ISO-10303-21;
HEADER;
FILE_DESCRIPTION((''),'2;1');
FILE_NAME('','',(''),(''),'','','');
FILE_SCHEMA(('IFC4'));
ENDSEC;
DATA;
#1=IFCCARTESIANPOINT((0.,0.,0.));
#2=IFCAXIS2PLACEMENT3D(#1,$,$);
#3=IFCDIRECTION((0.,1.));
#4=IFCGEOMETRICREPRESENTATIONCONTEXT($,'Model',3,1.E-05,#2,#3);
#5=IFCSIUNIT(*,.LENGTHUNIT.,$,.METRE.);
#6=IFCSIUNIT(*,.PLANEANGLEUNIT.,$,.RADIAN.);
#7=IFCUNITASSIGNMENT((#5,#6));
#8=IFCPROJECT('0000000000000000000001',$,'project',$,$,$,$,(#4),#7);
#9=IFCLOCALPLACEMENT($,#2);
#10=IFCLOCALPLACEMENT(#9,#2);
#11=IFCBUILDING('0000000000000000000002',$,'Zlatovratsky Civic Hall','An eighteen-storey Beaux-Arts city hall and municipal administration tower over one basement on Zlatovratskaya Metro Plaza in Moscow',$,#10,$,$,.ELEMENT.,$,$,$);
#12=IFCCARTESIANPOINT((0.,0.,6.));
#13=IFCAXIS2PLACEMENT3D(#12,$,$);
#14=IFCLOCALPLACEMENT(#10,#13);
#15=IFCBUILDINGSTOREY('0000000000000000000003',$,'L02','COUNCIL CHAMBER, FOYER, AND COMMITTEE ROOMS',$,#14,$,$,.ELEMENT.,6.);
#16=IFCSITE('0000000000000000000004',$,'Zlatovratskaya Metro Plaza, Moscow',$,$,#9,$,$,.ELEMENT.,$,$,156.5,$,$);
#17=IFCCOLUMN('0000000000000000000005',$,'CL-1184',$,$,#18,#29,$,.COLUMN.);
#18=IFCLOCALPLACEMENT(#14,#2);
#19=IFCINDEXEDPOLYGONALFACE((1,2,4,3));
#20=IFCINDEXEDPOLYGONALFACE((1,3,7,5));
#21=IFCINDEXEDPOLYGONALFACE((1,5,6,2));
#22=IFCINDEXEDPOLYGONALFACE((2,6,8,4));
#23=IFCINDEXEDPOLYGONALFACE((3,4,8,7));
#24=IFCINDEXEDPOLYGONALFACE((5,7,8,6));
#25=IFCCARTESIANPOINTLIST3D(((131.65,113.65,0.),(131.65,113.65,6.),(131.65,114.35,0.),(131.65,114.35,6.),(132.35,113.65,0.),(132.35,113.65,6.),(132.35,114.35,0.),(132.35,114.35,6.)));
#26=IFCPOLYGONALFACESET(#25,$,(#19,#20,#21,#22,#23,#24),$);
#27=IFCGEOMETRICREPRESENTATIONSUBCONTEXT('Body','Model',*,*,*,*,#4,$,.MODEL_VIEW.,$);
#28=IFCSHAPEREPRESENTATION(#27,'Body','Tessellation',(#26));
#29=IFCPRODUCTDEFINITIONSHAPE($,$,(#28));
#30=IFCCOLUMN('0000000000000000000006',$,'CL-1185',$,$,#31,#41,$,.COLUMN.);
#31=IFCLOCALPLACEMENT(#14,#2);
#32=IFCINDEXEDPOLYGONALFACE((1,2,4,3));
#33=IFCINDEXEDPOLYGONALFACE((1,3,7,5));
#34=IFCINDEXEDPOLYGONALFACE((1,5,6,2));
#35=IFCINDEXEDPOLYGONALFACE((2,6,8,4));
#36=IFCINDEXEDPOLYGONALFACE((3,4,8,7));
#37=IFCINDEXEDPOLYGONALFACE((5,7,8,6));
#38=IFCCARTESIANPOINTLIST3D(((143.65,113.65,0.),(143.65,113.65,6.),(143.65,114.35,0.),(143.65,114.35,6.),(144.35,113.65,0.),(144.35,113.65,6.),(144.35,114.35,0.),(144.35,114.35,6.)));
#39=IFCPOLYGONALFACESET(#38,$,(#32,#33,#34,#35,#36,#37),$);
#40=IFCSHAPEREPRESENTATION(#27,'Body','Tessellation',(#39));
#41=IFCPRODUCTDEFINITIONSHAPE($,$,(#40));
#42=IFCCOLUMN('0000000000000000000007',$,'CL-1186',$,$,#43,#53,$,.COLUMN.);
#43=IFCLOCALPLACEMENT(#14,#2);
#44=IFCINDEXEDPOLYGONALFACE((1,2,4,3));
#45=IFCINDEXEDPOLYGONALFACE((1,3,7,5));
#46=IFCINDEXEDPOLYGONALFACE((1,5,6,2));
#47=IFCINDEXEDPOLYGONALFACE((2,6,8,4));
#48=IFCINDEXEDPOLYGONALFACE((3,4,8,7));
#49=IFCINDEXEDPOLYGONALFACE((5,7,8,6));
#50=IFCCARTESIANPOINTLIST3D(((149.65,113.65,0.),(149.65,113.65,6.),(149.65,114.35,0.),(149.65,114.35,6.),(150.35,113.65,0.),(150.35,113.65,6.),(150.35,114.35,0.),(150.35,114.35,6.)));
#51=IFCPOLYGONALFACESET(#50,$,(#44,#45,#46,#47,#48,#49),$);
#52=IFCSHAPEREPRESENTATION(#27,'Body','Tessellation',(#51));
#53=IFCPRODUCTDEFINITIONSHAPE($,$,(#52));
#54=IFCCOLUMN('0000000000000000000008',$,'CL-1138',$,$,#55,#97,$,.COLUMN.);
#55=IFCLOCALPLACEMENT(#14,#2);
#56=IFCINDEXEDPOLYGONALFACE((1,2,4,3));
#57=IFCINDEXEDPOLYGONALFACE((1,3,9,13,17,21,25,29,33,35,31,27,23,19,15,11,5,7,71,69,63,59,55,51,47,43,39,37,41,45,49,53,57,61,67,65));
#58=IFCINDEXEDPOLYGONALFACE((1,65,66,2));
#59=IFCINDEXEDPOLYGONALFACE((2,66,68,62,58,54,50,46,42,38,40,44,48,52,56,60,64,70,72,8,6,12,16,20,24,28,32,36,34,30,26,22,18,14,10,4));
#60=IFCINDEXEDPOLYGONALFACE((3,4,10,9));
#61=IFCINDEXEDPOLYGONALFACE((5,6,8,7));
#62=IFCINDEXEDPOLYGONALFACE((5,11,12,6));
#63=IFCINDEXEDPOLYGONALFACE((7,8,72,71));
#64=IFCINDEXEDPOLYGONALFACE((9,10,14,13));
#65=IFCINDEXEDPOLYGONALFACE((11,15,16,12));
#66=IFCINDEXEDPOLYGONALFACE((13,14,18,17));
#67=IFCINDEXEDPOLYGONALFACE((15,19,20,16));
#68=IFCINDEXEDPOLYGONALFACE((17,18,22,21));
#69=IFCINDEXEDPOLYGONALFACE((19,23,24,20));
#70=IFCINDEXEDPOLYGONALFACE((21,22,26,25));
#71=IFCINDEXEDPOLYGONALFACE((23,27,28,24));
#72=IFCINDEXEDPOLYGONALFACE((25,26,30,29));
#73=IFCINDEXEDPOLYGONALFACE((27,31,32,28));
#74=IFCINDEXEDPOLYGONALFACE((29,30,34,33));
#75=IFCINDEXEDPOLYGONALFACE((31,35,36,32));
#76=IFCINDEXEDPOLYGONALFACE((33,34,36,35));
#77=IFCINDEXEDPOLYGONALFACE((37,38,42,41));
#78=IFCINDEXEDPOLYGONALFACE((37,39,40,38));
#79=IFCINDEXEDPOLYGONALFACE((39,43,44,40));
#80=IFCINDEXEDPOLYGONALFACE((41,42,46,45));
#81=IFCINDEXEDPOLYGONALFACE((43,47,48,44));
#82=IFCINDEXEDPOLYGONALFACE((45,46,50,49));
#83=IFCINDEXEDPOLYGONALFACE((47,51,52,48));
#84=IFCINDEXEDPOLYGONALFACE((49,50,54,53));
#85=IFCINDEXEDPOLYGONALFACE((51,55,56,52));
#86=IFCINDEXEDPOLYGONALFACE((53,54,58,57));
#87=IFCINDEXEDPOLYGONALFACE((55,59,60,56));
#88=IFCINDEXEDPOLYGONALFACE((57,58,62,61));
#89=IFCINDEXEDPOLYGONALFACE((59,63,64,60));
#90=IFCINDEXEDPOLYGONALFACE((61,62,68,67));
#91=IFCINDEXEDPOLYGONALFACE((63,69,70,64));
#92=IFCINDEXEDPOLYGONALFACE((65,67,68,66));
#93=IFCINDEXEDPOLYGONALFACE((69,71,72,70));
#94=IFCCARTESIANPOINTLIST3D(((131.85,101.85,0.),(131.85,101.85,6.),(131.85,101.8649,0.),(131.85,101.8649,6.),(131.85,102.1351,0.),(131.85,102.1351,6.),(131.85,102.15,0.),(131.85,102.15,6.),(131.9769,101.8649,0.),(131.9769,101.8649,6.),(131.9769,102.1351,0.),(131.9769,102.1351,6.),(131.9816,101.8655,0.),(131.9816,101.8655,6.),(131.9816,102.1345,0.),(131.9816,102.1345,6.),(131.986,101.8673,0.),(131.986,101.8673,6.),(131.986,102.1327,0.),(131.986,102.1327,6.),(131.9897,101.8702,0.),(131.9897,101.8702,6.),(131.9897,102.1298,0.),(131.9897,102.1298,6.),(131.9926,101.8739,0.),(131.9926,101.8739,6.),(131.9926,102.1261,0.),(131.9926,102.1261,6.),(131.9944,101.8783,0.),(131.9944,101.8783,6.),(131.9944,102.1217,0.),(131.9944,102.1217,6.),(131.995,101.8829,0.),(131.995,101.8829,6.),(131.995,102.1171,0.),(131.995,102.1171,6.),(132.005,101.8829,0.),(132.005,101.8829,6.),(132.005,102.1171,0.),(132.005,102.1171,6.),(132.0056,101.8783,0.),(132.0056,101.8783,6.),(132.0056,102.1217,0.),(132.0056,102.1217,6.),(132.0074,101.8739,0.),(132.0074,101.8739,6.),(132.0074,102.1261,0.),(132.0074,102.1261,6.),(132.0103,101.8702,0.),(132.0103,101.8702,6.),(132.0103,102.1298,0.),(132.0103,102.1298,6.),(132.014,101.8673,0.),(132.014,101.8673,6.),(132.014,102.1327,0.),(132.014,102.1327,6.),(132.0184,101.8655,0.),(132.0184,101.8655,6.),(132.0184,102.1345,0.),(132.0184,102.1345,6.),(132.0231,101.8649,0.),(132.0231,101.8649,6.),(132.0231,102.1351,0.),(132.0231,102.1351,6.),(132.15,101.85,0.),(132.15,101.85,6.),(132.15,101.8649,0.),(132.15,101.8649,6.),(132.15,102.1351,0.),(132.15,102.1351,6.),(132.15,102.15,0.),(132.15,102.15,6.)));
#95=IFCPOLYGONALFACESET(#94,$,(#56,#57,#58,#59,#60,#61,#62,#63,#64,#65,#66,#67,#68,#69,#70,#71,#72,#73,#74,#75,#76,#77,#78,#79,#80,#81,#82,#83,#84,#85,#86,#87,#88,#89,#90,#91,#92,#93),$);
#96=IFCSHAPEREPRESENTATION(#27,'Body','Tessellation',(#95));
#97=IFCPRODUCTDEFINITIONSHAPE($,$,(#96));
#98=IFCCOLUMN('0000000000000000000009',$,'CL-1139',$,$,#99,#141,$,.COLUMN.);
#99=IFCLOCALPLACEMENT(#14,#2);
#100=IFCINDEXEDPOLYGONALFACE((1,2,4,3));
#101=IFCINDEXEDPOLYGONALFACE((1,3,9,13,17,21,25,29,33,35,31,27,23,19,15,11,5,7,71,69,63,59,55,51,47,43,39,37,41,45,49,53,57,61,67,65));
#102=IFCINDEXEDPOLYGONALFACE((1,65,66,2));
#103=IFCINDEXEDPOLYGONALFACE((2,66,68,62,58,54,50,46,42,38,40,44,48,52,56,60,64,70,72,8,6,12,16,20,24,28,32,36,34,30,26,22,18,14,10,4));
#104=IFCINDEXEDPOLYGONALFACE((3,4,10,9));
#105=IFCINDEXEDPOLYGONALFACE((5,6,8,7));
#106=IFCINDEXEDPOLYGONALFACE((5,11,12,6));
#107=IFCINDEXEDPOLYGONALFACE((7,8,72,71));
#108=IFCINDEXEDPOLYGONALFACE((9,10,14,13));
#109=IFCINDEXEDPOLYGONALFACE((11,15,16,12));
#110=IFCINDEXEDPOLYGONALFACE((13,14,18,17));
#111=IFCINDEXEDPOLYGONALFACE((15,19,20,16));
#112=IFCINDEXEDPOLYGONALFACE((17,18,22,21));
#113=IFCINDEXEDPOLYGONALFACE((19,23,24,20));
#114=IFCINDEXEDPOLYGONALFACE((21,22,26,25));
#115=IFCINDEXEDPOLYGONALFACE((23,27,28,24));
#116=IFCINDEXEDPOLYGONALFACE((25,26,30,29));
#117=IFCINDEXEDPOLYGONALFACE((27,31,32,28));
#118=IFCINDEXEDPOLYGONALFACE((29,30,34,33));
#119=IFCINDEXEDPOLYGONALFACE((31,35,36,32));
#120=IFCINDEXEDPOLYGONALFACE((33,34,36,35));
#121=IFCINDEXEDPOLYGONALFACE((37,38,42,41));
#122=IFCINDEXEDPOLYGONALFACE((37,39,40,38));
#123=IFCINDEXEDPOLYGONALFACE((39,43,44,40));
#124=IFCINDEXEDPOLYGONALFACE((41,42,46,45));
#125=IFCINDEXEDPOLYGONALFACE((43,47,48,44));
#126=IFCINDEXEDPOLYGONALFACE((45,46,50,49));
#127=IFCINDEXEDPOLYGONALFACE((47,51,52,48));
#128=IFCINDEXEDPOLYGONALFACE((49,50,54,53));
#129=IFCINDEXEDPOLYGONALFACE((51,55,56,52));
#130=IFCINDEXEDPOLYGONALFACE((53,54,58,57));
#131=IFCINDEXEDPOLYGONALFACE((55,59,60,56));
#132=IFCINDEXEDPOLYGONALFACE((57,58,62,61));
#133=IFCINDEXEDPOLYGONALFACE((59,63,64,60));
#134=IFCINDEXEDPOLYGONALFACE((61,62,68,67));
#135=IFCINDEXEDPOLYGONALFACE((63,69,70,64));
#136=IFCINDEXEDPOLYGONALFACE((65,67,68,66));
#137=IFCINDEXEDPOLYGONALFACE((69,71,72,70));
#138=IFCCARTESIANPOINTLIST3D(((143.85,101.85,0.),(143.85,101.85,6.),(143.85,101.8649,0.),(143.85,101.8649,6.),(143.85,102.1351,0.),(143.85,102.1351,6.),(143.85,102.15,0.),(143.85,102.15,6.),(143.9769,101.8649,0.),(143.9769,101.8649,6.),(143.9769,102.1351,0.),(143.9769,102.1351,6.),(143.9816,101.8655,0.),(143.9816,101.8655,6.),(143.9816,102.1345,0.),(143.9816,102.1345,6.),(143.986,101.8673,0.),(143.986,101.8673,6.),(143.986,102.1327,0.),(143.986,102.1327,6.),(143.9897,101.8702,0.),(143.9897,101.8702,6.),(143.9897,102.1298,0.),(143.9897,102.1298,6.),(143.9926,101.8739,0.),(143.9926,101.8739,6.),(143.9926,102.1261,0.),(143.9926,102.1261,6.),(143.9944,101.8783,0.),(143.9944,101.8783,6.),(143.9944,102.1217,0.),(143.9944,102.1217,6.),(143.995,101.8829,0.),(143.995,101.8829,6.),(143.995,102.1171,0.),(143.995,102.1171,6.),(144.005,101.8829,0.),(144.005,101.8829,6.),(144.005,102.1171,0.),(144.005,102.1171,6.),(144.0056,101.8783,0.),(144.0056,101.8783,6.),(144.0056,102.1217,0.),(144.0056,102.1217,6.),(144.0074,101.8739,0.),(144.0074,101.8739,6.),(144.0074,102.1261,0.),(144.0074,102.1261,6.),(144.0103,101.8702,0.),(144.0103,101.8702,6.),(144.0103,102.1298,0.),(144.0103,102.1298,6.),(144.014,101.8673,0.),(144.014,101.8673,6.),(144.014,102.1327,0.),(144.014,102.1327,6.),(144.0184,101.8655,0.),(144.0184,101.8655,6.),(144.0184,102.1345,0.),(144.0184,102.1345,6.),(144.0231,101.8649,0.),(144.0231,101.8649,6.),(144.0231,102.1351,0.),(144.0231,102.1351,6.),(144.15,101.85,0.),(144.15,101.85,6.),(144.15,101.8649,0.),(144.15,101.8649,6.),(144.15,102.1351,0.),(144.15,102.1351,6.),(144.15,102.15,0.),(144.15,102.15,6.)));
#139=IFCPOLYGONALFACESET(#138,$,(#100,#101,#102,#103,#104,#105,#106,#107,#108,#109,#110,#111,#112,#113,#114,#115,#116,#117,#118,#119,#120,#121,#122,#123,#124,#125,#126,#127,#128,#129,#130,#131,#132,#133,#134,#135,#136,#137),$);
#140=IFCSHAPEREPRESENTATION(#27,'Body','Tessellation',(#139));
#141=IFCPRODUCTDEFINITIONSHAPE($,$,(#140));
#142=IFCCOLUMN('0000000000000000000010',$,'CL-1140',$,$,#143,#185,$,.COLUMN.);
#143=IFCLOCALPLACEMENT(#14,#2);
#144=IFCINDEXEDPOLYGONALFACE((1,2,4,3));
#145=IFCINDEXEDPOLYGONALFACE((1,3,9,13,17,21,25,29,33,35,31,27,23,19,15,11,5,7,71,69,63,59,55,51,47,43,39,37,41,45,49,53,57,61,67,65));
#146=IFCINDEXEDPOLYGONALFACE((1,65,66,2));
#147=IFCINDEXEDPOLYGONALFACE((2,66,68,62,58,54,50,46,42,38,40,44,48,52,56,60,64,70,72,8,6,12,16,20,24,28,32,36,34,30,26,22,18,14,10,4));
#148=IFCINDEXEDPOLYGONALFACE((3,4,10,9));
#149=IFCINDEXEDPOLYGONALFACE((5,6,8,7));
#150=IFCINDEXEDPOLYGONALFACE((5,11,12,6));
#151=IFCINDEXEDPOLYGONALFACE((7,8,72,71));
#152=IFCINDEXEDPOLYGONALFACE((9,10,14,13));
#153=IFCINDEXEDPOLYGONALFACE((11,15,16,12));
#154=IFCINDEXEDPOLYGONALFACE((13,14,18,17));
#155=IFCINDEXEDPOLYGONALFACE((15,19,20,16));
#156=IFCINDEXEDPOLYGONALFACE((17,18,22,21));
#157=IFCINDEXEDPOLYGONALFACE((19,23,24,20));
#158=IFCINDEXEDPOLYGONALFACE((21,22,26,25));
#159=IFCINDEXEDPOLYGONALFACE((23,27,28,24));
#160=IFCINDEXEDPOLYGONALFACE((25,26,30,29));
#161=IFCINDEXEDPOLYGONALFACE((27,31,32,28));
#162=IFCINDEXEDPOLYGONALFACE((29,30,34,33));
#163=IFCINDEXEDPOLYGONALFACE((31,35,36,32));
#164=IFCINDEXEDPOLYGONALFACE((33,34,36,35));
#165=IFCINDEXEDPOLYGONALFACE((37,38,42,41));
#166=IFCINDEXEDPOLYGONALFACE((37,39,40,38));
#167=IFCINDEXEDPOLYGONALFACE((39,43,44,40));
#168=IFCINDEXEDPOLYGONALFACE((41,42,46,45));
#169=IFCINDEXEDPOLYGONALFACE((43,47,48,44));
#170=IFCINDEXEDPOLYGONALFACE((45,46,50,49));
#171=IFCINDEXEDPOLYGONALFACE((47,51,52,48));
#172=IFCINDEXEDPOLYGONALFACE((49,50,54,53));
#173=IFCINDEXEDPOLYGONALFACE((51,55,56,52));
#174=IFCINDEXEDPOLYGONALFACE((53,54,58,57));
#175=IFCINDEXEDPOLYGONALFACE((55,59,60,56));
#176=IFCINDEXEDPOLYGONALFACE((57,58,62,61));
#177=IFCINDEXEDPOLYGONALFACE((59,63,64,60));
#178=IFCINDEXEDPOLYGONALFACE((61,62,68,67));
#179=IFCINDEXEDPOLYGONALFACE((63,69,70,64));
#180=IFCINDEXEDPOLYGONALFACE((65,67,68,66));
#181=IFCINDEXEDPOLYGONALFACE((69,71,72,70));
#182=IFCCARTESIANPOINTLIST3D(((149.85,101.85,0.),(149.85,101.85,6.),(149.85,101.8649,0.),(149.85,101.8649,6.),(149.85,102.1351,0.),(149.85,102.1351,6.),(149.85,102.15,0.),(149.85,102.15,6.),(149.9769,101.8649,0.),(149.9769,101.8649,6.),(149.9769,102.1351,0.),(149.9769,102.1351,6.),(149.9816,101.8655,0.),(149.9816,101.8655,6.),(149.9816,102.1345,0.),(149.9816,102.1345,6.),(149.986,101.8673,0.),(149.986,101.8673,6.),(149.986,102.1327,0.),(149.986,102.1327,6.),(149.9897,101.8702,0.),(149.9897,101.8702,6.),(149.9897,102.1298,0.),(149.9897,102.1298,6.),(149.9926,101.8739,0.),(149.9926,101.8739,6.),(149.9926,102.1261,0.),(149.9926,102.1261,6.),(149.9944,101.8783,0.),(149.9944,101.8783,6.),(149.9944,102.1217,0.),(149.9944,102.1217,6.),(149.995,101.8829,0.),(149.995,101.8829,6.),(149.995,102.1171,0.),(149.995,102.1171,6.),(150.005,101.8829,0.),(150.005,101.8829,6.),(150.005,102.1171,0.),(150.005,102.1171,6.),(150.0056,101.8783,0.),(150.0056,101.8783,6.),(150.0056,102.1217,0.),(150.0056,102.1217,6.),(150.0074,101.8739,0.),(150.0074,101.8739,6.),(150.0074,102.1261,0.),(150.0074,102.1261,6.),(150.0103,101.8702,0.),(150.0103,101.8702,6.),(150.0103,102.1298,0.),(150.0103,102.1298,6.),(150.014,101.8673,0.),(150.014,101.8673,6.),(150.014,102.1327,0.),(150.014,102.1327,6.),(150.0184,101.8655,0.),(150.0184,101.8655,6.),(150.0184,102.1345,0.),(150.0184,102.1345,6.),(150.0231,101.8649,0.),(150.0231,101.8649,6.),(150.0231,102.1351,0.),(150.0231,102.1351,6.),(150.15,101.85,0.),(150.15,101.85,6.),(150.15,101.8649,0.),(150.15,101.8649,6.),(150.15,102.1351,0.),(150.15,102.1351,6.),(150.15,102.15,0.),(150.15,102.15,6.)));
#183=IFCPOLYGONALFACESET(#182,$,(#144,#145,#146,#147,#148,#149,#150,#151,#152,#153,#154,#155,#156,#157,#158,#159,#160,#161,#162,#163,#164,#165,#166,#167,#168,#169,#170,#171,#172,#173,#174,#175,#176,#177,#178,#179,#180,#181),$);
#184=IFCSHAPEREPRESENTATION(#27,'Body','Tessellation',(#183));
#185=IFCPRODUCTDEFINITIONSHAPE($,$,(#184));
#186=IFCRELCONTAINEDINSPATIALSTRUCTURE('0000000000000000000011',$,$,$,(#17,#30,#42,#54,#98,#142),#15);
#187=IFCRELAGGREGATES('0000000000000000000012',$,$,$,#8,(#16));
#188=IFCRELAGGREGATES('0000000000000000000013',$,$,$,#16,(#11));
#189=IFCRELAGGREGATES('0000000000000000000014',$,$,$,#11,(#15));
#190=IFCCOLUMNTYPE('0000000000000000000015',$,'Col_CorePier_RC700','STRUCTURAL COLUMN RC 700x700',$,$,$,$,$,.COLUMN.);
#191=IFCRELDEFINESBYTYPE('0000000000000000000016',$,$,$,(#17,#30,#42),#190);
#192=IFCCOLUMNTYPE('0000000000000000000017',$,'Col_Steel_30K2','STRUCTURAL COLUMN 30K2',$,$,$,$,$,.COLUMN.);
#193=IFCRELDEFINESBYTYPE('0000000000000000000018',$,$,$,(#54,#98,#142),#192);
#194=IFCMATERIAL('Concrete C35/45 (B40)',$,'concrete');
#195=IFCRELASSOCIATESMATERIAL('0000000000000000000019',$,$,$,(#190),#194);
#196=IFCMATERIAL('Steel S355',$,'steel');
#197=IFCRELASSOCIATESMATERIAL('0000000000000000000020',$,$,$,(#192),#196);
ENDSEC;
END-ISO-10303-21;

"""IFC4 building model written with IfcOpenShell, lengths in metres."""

from ifc_helpers import new_model, si_unit, direction, frame, origin, origin_2d, place, context, subcontext, project, spatial, rectangle, i_section, extrude, material, material_profile, profile_set, type_object, element, save


model = new_model("IFC4")

# Units and contexts
model_context = context("Model", 3, precision=1e-05, world=origin(), true_north=direction((0.0, 1.0)))
body_context = subcontext(model_context, "Body", "Model", "MODEL_VIEW")
ifc_project = project(units=[si_unit("LENGTHUNIT", "METRE"), si_unit("PLANEANGLEUNIT", "RADIAN")], contexts=[model_context])

# Site, building, storey
site_placement = place(None, origin())
site = spatial("IfcSite", under=ifc_project, at=site_placement, Name="Zlatovratskaya Metro Plaza, Moscow", CompositionType="ELEMENT", RefElevation=156.5)
building_placement = place(site_placement, origin())
building = spatial("IfcBuilding", under=site, at=building_placement, Name="Zlatovratsky Civic Hall", Description="An eighteen-storey Beaux-Arts city hall and municipal administration tower over one basement on Zlatovratskaya Metro Plaza in Moscow", CompositionType="ELEMENT")
storey_placement = place(building_placement, frame((0.0, 0.0, 6.0)))
storey = spatial("IfcBuildingStorey", under=building, at=storey_placement, Name="L02", Description="COUNCIL CHAMBER, FOYER, AND COMMITTEE ROOMS", CompositionType="ELEMENT", Elevation=6.0)

# Columns
ifc_material_1 = material(Name="Concrete C35/45 (B40)", Category="concrete")
ifc_material_profile_1 = material_profile(ifc_material_1, rectangle(XDim=0.7, YDim=0.7, at=origin_2d()), Name="RC 700x700")
ifc_profile_set_1 = profile_set([ifc_material_profile_1], Name="Concrete C35/45 (B40)")
column_type_1 = type_object("IfcColumnType", Name="Col_CorePier_RC700", Description="STRUCTURAL COLUMN RC 700x700", PredefinedType="COLUMN", material=ifc_profile_set_1)
for number, where, z_axis, x_axis, name in (
    (1, (132.0, 114.0, 0.0), (0.0, 0.0, 1.0), (1.0, 0.0, 0.0), "CL-1184"),
    (2, (144.0, 114.0, 0.0), (0.0, 0.0, 1.0), (1.0, 0.0, 0.0), "CL-1185"),
    (3, (150.0, 114.0, 0.0), (0.0, 0.0, 1.0), (1.0, 0.0, 0.0), "CL-1186"),
):
    element("IfcColumn", number, at=place(storey_placement, frame(where, z_axis=z_axis, x_axis=x_axis)), inside=storey, type_object=column_type_1, Name=name, PredefinedType="COLUMN", context=body_context, shape_type="SweptSolid", body=[
        extrude(rectangle(XDim=0.7, YDim=0.7, at=origin_2d()), origin(), (0.0, 0.0, 1.0), 6.0),
    ])
ifc_material_2 = material(Name="Steel S355", Category="steel")
ifc_material_profile_2 = material_profile(ifc_material_2, i_section(OverallWidth=0.3, OverallDepth=0.3, WebThickness=0.01, FlangeThickness=0.0149, FilletRadius=0.0181, at=origin_2d()), Name="30K2")
ifc_profile_set_2 = profile_set([ifc_material_profile_2], Name="Steel S355")
column_type_2 = type_object("IfcColumnType", Name="Col_Steel_30K2", Description="STRUCTURAL COLUMN 30K2", PredefinedType="COLUMN", material=ifc_profile_set_2)
for number, where, z_axis, x_axis, name in (
    (4, (132.0, 102.0, 0.0), (0.0, 0.0, 1.0), (1.0, 0.0, 0.0), "CL-1138"),
    (5, (144.0, 102.0, 0.0), (0.0, 0.0, 1.0), (1.0, 0.0, 0.0), "CL-1139"),
    (6, (150.0, 102.0, 0.0), (0.0, 0.0, 1.0), (1.0, 0.0, 0.0), "CL-1140"),
):
    element("IfcColumn", number, at=place(storey_placement, frame(where, z_axis=z_axis, x_axis=x_axis)), inside=storey, type_object=column_type_2, Name=name, PredefinedType="COLUMN", context=body_context, shape_type="SweptSolid", body=[
        extrude(i_section(OverallWidth=0.3, OverallDepth=0.3, WebThickness=0.01, FlangeThickness=0.0149, FilletRadius=0.0181, at=origin_2d()), origin(), (0.0, 0.0, 1.0), 6.0),
    ])

save(model, "model.ifc")
